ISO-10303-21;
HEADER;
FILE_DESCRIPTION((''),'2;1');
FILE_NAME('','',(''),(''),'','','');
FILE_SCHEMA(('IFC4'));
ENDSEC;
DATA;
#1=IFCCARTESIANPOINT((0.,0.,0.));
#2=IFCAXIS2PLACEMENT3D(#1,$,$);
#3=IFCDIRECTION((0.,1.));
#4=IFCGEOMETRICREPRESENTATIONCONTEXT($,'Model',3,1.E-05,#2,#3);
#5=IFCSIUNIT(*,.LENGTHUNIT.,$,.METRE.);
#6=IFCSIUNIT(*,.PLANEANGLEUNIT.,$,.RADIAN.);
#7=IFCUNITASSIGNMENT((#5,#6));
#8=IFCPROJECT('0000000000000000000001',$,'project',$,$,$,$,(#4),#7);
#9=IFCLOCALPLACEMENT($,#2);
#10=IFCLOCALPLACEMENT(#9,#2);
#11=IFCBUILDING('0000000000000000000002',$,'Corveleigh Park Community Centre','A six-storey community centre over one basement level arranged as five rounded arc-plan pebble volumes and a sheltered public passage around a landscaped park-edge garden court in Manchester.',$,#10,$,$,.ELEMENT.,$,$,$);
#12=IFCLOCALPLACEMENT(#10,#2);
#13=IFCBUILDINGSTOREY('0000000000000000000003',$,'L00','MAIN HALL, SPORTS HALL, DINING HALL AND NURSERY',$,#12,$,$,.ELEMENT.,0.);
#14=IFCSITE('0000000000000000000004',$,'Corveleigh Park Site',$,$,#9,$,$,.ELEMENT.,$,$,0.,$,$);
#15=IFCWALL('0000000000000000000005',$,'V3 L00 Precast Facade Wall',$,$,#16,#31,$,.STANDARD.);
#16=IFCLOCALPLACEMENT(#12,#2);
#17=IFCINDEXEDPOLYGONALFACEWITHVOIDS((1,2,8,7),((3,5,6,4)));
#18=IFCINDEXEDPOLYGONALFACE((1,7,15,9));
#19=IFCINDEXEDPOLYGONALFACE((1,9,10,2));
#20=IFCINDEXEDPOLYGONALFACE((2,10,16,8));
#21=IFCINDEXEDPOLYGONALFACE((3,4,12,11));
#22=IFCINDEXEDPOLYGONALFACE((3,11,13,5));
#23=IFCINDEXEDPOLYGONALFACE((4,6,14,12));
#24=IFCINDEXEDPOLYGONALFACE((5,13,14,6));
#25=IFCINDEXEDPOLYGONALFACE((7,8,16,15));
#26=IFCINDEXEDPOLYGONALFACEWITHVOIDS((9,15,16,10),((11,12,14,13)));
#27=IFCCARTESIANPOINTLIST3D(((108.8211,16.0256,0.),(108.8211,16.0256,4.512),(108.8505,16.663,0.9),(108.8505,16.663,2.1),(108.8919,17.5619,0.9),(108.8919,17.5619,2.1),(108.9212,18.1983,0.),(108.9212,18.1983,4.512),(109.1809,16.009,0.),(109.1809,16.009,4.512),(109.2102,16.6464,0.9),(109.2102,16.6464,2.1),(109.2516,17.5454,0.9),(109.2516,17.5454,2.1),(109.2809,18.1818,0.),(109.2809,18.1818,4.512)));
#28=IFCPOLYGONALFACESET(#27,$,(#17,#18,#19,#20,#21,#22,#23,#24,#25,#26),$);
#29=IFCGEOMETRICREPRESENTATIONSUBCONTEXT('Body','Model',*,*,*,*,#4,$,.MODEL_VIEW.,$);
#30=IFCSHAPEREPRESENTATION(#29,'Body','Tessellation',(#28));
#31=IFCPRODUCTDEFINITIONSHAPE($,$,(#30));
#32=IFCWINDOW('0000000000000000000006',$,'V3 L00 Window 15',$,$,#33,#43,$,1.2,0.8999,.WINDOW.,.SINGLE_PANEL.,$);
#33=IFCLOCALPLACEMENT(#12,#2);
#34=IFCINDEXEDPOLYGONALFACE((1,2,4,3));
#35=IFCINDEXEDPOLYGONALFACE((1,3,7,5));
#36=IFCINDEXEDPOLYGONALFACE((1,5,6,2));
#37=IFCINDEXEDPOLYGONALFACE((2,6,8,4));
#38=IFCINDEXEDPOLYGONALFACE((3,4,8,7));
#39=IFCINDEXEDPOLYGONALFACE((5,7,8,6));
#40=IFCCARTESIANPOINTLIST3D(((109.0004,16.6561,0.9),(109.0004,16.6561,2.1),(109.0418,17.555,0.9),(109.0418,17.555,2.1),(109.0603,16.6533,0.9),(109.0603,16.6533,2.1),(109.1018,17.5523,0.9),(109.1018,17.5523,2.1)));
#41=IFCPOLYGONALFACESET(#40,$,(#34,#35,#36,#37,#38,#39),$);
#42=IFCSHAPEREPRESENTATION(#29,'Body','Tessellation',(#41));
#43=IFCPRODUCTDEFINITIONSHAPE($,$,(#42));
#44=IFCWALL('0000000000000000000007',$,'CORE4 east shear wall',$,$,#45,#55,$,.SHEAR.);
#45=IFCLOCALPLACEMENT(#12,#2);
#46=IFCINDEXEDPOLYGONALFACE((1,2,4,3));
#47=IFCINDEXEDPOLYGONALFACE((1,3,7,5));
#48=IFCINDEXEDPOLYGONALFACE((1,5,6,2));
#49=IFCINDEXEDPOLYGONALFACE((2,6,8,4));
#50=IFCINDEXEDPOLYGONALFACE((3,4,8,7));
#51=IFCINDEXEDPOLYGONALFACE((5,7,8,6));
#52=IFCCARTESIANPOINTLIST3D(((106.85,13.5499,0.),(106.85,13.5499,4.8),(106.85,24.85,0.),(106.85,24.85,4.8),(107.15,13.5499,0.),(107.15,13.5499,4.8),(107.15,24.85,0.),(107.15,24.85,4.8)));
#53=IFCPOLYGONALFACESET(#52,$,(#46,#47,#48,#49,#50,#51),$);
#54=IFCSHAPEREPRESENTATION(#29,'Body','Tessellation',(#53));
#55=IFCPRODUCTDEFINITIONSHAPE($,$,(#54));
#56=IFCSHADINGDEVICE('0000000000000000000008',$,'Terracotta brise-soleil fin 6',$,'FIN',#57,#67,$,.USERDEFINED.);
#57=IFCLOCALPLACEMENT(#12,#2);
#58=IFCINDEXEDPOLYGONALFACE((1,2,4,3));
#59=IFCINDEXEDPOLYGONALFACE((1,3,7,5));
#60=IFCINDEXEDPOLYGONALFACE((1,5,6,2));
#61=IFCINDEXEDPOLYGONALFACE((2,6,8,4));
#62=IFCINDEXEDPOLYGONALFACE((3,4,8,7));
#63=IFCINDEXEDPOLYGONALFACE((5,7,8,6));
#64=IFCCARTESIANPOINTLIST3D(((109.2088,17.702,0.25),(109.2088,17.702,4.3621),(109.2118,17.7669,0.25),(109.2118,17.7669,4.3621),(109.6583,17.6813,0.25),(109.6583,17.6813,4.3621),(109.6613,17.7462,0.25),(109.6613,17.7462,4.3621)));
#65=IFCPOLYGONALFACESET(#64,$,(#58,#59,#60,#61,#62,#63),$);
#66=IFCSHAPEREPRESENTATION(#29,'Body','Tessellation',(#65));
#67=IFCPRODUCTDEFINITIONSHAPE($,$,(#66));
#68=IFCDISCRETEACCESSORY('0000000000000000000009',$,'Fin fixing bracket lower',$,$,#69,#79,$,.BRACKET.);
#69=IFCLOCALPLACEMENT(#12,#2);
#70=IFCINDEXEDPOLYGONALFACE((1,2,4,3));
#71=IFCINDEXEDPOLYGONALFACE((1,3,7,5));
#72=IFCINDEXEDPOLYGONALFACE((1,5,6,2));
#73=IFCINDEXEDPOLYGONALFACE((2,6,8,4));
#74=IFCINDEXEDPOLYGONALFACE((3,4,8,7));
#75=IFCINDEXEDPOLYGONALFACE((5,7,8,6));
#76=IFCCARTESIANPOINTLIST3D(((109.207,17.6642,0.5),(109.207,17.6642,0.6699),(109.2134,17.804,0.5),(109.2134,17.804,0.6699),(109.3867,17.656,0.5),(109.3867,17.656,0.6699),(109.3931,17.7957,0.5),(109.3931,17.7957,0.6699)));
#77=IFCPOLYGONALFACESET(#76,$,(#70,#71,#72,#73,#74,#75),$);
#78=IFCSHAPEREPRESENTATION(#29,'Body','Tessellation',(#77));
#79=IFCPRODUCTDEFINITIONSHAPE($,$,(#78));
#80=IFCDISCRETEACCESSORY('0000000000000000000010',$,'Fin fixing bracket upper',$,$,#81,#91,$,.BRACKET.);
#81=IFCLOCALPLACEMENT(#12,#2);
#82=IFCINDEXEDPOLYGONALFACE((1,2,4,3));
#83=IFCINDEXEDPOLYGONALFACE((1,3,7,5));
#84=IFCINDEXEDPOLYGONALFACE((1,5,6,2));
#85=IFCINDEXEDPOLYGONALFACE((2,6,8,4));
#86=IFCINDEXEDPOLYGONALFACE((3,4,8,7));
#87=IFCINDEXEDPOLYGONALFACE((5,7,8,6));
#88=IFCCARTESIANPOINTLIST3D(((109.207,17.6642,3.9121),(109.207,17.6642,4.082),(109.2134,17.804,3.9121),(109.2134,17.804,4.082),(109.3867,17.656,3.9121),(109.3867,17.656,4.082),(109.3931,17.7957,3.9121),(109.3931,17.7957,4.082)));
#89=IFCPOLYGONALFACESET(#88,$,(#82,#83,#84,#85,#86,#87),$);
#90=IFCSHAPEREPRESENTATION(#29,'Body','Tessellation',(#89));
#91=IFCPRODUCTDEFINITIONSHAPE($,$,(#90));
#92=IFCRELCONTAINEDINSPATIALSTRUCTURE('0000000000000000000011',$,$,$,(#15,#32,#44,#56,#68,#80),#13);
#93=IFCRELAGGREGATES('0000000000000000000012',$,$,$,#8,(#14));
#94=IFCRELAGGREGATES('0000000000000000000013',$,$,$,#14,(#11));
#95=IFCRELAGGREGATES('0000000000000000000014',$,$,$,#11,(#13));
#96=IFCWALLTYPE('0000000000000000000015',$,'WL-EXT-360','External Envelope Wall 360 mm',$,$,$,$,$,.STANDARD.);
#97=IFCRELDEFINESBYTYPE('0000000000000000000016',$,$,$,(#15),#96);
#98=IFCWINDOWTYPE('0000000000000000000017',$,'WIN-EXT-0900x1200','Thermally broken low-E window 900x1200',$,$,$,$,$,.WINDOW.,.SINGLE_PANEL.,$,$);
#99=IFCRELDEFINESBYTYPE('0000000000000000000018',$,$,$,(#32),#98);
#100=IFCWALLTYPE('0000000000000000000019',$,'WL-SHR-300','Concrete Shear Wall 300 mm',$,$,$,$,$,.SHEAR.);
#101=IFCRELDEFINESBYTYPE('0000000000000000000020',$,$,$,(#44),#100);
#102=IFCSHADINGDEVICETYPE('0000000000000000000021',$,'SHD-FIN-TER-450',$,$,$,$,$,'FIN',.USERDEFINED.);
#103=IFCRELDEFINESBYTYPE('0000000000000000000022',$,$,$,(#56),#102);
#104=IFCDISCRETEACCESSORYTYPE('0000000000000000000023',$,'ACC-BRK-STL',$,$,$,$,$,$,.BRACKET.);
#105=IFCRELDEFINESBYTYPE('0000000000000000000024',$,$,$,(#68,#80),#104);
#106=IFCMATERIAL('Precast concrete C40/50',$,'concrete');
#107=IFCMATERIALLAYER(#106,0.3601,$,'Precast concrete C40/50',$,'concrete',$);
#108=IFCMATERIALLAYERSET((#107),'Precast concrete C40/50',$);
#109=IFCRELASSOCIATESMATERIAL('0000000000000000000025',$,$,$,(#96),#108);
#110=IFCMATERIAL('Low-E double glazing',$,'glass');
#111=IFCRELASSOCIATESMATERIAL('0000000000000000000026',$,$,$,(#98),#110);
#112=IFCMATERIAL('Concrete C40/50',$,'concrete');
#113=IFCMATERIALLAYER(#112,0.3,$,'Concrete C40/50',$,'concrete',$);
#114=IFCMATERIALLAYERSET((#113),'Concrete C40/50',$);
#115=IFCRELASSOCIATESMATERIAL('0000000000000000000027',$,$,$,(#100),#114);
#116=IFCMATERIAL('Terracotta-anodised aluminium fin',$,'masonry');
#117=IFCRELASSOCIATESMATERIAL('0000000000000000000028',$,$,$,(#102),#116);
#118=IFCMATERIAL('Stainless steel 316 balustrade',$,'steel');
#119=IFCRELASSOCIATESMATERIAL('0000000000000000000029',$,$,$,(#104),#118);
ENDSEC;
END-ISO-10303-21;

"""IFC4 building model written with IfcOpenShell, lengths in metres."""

from ifc_helpers import new_model, si_unit, direction, frame, frame_2d, origin, origin_2d, place, context, subcontext, project, spatial, rectangle, extrude, material, layer, layer_set, type_object, element, fill, save


model = new_model("IFC4")

# Units and contexts
model_context = context("Model", 3, precision=1e-05, world=origin(), true_north=direction((0.0, 1.0)))
body_context = subcontext(model_context, "Body", "Model", "MODEL_VIEW")
ifc_project = project(units=[si_unit("LENGTHUNIT", "METRE"), si_unit("PLANEANGLEUNIT", "RADIAN")], contexts=[model_context])

# Site, building, storey
site_placement = place(None, origin())
site = spatial("IfcSite", under=ifc_project, at=site_placement, Name="Corveleigh Park Site", CompositionType="ELEMENT", RefElevation=0.0)
building_placement = place(site_placement, origin())
building = spatial("IfcBuilding", under=site, at=building_placement, Name="Corveleigh Park Community Centre", Description="A six-storey community centre over one basement level arranged as five rounded arc-plan pebble volumes and a sheltered public passage around a landscaped park-edge garden court in Manchester.", CompositionType="ELEMENT")
storey_placement = place(building_placement, origin())
storey = spatial("IfcBuildingStorey", under=building, at=storey_placement, Name="L00", Description="MAIN HALL, SPORTS HALL, DINING HALL AND NURSERY", CompositionType="ELEMENT", Elevation=0.0)

# Shared definitions
ifc_material_1 = material(Name="Low-E double glazing", Category="glass")

# Wall, opening, window
ifc_material_2 = material(Name="Precast concrete C40/50", Category="concrete")
ifc_layer_1 = layer(ifc_material_2, 0.3601, Name="Precast concrete C40/50", Category="concrete")
ifc_layer_set_1 = layer_set([ifc_layer_1], Name="Precast concrete C40/50")
wall_type_1 = type_object("IfcWallType", Name="WL-EXT-360", Description="External Envelope Wall 360 mm", PredefinedType="STANDARD", material=ifc_layer_set_1)
wall_1_placement = place(storey_placement, frame((109.1011, 18.1899, 0.0), z_axis=(0.0, 0.0, 1.0), x_axis=(-0.046019, -0.998941, 0.0)))
wall_1 = element("IfcWall", 1, at=wall_1_placement, inside=storey, type_object=wall_type_1, Name="V3 L00 Precast Facade Wall", PredefinedType="STANDARD", context=body_context, shape_type="SweptSolid", body=[
    extrude(rectangle(XDim=2.175, YDim=0.3601, at=frame_2d((1.0874, 0.0))), origin(), (0.0, 0.0, 1.0), 4.512),
])
opening_placement = place(wall_1_placement, frame((0.637, 0.0, 0.8999)))
opening = element("IfcOpeningElement", 2, at=opening_placement, cuts=wall_1, PredefinedType="OPENING", context=body_context, shape_type="SweptSolid", body=[
    extrude(rectangle(XDim=0.8999, YDim=1.2, at=frame_2d((0.45, 0.6001))), frame((0.0, 0.1899, 0.0), z_axis=(0.0, -1.0, 0.0), x_axis=(1.0, 0.0, 0.0)), (0.0, 0.0, 1.0), 0.3801),
])
window_type = type_object("IfcWindowType", Name="WIN-EXT-0900x1200", Description="Thermally broken low-E window 900x1200", PartitioningType="SINGLE_PANEL", PredefinedType="WINDOW", material=ifc_material_1)
window_placement = place(opening_placement, origin())
window = element("IfcWindow", 3, at=window_placement, inside=storey, type_object=window_type, Name="V3 L00 Window 15", OverallHeight=1.2, OverallWidth=0.8999, PartitioningType="SINGLE_PANEL", PredefinedType="WINDOW", context=body_context, shape_type="SweptSolid", body=[
    extrude(rectangle(XDim=0.8999, YDim=1.2, at=frame_2d((0.45, 0.6001))), frame((0.0, 0.03, 0.0), z_axis=(0.0, -1.0, 0.0), x_axis=(1.0, 0.0, 0.0)), (0.0, 0.0, 1.0), 0.0601),
])
fill(opening, window)

# Wall
ifc_material_3 = material(Name="Concrete C40/50", Category="concrete")
ifc_layer_2 = layer(ifc_material_3, 0.3, Name="Concrete C40/50", Category="concrete")
ifc_layer_set_2 = layer_set([ifc_layer_2], Name="Concrete C40/50")
wall_type_2 = type_object("IfcWallType", Name="WL-SHR-300", Description="Concrete Shear Wall 300 mm", PredefinedType="SHEAR", material=ifc_layer_set_2)
wall_2_placement = place(storey_placement, frame((107.0, 13.55, 0.0), z_axis=(0.0, 0.0, 1.0), x_axis=(0.0, 1.0, 0.0)))
element("IfcWall", 4, at=wall_2_placement, inside=storey, type_object=wall_type_2, Name="CORE4 east shear wall", PredefinedType="SHEAR", context=body_context, shape_type="SweptSolid", body=[
    extrude(rectangle(XDim=11.3, YDim=0.3, at=frame_2d((5.6499, 0.0))), origin(), (0.0, 0.0, 1.0), 4.8),
])

# Shading device
ifc_material_4 = material(Name="Terracotta-anodised aluminium fin", Category="masonry")
shading_device_type = type_object("IfcShadingDeviceType", Name="SHD-FIN-TER-450", ElementType="FIN", PredefinedType="USERDEFINED", material=ifc_material_4)
shading_device_placement = place(storey_placement, frame((109.4351, 17.7241, 0.25), z_axis=(0.0, 0.0, 1.0), x_axis=(0.998943, -0.045971, 0.0)))
element("IfcShadingDevice", 5, at=shading_device_placement, inside=storey, type_object=shading_device_type, Name="Terracotta brise-soleil fin 6", ObjectType="FIN", PredefinedType="USERDEFINED", context=body_context, shape_type="SweptSolid", body=[
    extrude(rectangle(XDim=0.45, YDim=0.0649, at=origin_2d()), origin(), (0.0, 0.0, 1.0), 4.1121),
])

# Discrete accessories
ifc_material_5 = material(Name="Stainless steel 316 balustrade", Category="steel")
discrete_accessory_type = type_object("IfcDiscreteAccessoryType", Name="ACC-BRK-STL", PredefinedType="BRACKET", material=ifc_material_5)
for number, where, z_axis, x_axis, name in (
    (6, (109.3, 17.73, 0.5), (0.0, 0.0, 1.0), (0.998943, -0.045971, 0.0), "Fin fixing bracket lower"),
    (7, (109.3, 17.73, 3.9121), (0.0, 0.0, 1.0), (0.998943, -0.045971, 0.0), "Fin fixing bracket upper"),
):
    element("IfcDiscreteAccessory", number, at=place(storey_placement, frame(where, z_axis=z_axis, x_axis=x_axis)), inside=storey, type_object=discrete_accessory_type, Name=name, PredefinedType="BRACKET", context=body_context, shape_type="SweptSolid", body=[
        extrude(rectangle(XDim=0.1799, YDim=0.1399, at=origin_2d()), origin(), (0.0, 0.0, 1.0), 0.1699),
    ])

save(model, "model.ifc")
